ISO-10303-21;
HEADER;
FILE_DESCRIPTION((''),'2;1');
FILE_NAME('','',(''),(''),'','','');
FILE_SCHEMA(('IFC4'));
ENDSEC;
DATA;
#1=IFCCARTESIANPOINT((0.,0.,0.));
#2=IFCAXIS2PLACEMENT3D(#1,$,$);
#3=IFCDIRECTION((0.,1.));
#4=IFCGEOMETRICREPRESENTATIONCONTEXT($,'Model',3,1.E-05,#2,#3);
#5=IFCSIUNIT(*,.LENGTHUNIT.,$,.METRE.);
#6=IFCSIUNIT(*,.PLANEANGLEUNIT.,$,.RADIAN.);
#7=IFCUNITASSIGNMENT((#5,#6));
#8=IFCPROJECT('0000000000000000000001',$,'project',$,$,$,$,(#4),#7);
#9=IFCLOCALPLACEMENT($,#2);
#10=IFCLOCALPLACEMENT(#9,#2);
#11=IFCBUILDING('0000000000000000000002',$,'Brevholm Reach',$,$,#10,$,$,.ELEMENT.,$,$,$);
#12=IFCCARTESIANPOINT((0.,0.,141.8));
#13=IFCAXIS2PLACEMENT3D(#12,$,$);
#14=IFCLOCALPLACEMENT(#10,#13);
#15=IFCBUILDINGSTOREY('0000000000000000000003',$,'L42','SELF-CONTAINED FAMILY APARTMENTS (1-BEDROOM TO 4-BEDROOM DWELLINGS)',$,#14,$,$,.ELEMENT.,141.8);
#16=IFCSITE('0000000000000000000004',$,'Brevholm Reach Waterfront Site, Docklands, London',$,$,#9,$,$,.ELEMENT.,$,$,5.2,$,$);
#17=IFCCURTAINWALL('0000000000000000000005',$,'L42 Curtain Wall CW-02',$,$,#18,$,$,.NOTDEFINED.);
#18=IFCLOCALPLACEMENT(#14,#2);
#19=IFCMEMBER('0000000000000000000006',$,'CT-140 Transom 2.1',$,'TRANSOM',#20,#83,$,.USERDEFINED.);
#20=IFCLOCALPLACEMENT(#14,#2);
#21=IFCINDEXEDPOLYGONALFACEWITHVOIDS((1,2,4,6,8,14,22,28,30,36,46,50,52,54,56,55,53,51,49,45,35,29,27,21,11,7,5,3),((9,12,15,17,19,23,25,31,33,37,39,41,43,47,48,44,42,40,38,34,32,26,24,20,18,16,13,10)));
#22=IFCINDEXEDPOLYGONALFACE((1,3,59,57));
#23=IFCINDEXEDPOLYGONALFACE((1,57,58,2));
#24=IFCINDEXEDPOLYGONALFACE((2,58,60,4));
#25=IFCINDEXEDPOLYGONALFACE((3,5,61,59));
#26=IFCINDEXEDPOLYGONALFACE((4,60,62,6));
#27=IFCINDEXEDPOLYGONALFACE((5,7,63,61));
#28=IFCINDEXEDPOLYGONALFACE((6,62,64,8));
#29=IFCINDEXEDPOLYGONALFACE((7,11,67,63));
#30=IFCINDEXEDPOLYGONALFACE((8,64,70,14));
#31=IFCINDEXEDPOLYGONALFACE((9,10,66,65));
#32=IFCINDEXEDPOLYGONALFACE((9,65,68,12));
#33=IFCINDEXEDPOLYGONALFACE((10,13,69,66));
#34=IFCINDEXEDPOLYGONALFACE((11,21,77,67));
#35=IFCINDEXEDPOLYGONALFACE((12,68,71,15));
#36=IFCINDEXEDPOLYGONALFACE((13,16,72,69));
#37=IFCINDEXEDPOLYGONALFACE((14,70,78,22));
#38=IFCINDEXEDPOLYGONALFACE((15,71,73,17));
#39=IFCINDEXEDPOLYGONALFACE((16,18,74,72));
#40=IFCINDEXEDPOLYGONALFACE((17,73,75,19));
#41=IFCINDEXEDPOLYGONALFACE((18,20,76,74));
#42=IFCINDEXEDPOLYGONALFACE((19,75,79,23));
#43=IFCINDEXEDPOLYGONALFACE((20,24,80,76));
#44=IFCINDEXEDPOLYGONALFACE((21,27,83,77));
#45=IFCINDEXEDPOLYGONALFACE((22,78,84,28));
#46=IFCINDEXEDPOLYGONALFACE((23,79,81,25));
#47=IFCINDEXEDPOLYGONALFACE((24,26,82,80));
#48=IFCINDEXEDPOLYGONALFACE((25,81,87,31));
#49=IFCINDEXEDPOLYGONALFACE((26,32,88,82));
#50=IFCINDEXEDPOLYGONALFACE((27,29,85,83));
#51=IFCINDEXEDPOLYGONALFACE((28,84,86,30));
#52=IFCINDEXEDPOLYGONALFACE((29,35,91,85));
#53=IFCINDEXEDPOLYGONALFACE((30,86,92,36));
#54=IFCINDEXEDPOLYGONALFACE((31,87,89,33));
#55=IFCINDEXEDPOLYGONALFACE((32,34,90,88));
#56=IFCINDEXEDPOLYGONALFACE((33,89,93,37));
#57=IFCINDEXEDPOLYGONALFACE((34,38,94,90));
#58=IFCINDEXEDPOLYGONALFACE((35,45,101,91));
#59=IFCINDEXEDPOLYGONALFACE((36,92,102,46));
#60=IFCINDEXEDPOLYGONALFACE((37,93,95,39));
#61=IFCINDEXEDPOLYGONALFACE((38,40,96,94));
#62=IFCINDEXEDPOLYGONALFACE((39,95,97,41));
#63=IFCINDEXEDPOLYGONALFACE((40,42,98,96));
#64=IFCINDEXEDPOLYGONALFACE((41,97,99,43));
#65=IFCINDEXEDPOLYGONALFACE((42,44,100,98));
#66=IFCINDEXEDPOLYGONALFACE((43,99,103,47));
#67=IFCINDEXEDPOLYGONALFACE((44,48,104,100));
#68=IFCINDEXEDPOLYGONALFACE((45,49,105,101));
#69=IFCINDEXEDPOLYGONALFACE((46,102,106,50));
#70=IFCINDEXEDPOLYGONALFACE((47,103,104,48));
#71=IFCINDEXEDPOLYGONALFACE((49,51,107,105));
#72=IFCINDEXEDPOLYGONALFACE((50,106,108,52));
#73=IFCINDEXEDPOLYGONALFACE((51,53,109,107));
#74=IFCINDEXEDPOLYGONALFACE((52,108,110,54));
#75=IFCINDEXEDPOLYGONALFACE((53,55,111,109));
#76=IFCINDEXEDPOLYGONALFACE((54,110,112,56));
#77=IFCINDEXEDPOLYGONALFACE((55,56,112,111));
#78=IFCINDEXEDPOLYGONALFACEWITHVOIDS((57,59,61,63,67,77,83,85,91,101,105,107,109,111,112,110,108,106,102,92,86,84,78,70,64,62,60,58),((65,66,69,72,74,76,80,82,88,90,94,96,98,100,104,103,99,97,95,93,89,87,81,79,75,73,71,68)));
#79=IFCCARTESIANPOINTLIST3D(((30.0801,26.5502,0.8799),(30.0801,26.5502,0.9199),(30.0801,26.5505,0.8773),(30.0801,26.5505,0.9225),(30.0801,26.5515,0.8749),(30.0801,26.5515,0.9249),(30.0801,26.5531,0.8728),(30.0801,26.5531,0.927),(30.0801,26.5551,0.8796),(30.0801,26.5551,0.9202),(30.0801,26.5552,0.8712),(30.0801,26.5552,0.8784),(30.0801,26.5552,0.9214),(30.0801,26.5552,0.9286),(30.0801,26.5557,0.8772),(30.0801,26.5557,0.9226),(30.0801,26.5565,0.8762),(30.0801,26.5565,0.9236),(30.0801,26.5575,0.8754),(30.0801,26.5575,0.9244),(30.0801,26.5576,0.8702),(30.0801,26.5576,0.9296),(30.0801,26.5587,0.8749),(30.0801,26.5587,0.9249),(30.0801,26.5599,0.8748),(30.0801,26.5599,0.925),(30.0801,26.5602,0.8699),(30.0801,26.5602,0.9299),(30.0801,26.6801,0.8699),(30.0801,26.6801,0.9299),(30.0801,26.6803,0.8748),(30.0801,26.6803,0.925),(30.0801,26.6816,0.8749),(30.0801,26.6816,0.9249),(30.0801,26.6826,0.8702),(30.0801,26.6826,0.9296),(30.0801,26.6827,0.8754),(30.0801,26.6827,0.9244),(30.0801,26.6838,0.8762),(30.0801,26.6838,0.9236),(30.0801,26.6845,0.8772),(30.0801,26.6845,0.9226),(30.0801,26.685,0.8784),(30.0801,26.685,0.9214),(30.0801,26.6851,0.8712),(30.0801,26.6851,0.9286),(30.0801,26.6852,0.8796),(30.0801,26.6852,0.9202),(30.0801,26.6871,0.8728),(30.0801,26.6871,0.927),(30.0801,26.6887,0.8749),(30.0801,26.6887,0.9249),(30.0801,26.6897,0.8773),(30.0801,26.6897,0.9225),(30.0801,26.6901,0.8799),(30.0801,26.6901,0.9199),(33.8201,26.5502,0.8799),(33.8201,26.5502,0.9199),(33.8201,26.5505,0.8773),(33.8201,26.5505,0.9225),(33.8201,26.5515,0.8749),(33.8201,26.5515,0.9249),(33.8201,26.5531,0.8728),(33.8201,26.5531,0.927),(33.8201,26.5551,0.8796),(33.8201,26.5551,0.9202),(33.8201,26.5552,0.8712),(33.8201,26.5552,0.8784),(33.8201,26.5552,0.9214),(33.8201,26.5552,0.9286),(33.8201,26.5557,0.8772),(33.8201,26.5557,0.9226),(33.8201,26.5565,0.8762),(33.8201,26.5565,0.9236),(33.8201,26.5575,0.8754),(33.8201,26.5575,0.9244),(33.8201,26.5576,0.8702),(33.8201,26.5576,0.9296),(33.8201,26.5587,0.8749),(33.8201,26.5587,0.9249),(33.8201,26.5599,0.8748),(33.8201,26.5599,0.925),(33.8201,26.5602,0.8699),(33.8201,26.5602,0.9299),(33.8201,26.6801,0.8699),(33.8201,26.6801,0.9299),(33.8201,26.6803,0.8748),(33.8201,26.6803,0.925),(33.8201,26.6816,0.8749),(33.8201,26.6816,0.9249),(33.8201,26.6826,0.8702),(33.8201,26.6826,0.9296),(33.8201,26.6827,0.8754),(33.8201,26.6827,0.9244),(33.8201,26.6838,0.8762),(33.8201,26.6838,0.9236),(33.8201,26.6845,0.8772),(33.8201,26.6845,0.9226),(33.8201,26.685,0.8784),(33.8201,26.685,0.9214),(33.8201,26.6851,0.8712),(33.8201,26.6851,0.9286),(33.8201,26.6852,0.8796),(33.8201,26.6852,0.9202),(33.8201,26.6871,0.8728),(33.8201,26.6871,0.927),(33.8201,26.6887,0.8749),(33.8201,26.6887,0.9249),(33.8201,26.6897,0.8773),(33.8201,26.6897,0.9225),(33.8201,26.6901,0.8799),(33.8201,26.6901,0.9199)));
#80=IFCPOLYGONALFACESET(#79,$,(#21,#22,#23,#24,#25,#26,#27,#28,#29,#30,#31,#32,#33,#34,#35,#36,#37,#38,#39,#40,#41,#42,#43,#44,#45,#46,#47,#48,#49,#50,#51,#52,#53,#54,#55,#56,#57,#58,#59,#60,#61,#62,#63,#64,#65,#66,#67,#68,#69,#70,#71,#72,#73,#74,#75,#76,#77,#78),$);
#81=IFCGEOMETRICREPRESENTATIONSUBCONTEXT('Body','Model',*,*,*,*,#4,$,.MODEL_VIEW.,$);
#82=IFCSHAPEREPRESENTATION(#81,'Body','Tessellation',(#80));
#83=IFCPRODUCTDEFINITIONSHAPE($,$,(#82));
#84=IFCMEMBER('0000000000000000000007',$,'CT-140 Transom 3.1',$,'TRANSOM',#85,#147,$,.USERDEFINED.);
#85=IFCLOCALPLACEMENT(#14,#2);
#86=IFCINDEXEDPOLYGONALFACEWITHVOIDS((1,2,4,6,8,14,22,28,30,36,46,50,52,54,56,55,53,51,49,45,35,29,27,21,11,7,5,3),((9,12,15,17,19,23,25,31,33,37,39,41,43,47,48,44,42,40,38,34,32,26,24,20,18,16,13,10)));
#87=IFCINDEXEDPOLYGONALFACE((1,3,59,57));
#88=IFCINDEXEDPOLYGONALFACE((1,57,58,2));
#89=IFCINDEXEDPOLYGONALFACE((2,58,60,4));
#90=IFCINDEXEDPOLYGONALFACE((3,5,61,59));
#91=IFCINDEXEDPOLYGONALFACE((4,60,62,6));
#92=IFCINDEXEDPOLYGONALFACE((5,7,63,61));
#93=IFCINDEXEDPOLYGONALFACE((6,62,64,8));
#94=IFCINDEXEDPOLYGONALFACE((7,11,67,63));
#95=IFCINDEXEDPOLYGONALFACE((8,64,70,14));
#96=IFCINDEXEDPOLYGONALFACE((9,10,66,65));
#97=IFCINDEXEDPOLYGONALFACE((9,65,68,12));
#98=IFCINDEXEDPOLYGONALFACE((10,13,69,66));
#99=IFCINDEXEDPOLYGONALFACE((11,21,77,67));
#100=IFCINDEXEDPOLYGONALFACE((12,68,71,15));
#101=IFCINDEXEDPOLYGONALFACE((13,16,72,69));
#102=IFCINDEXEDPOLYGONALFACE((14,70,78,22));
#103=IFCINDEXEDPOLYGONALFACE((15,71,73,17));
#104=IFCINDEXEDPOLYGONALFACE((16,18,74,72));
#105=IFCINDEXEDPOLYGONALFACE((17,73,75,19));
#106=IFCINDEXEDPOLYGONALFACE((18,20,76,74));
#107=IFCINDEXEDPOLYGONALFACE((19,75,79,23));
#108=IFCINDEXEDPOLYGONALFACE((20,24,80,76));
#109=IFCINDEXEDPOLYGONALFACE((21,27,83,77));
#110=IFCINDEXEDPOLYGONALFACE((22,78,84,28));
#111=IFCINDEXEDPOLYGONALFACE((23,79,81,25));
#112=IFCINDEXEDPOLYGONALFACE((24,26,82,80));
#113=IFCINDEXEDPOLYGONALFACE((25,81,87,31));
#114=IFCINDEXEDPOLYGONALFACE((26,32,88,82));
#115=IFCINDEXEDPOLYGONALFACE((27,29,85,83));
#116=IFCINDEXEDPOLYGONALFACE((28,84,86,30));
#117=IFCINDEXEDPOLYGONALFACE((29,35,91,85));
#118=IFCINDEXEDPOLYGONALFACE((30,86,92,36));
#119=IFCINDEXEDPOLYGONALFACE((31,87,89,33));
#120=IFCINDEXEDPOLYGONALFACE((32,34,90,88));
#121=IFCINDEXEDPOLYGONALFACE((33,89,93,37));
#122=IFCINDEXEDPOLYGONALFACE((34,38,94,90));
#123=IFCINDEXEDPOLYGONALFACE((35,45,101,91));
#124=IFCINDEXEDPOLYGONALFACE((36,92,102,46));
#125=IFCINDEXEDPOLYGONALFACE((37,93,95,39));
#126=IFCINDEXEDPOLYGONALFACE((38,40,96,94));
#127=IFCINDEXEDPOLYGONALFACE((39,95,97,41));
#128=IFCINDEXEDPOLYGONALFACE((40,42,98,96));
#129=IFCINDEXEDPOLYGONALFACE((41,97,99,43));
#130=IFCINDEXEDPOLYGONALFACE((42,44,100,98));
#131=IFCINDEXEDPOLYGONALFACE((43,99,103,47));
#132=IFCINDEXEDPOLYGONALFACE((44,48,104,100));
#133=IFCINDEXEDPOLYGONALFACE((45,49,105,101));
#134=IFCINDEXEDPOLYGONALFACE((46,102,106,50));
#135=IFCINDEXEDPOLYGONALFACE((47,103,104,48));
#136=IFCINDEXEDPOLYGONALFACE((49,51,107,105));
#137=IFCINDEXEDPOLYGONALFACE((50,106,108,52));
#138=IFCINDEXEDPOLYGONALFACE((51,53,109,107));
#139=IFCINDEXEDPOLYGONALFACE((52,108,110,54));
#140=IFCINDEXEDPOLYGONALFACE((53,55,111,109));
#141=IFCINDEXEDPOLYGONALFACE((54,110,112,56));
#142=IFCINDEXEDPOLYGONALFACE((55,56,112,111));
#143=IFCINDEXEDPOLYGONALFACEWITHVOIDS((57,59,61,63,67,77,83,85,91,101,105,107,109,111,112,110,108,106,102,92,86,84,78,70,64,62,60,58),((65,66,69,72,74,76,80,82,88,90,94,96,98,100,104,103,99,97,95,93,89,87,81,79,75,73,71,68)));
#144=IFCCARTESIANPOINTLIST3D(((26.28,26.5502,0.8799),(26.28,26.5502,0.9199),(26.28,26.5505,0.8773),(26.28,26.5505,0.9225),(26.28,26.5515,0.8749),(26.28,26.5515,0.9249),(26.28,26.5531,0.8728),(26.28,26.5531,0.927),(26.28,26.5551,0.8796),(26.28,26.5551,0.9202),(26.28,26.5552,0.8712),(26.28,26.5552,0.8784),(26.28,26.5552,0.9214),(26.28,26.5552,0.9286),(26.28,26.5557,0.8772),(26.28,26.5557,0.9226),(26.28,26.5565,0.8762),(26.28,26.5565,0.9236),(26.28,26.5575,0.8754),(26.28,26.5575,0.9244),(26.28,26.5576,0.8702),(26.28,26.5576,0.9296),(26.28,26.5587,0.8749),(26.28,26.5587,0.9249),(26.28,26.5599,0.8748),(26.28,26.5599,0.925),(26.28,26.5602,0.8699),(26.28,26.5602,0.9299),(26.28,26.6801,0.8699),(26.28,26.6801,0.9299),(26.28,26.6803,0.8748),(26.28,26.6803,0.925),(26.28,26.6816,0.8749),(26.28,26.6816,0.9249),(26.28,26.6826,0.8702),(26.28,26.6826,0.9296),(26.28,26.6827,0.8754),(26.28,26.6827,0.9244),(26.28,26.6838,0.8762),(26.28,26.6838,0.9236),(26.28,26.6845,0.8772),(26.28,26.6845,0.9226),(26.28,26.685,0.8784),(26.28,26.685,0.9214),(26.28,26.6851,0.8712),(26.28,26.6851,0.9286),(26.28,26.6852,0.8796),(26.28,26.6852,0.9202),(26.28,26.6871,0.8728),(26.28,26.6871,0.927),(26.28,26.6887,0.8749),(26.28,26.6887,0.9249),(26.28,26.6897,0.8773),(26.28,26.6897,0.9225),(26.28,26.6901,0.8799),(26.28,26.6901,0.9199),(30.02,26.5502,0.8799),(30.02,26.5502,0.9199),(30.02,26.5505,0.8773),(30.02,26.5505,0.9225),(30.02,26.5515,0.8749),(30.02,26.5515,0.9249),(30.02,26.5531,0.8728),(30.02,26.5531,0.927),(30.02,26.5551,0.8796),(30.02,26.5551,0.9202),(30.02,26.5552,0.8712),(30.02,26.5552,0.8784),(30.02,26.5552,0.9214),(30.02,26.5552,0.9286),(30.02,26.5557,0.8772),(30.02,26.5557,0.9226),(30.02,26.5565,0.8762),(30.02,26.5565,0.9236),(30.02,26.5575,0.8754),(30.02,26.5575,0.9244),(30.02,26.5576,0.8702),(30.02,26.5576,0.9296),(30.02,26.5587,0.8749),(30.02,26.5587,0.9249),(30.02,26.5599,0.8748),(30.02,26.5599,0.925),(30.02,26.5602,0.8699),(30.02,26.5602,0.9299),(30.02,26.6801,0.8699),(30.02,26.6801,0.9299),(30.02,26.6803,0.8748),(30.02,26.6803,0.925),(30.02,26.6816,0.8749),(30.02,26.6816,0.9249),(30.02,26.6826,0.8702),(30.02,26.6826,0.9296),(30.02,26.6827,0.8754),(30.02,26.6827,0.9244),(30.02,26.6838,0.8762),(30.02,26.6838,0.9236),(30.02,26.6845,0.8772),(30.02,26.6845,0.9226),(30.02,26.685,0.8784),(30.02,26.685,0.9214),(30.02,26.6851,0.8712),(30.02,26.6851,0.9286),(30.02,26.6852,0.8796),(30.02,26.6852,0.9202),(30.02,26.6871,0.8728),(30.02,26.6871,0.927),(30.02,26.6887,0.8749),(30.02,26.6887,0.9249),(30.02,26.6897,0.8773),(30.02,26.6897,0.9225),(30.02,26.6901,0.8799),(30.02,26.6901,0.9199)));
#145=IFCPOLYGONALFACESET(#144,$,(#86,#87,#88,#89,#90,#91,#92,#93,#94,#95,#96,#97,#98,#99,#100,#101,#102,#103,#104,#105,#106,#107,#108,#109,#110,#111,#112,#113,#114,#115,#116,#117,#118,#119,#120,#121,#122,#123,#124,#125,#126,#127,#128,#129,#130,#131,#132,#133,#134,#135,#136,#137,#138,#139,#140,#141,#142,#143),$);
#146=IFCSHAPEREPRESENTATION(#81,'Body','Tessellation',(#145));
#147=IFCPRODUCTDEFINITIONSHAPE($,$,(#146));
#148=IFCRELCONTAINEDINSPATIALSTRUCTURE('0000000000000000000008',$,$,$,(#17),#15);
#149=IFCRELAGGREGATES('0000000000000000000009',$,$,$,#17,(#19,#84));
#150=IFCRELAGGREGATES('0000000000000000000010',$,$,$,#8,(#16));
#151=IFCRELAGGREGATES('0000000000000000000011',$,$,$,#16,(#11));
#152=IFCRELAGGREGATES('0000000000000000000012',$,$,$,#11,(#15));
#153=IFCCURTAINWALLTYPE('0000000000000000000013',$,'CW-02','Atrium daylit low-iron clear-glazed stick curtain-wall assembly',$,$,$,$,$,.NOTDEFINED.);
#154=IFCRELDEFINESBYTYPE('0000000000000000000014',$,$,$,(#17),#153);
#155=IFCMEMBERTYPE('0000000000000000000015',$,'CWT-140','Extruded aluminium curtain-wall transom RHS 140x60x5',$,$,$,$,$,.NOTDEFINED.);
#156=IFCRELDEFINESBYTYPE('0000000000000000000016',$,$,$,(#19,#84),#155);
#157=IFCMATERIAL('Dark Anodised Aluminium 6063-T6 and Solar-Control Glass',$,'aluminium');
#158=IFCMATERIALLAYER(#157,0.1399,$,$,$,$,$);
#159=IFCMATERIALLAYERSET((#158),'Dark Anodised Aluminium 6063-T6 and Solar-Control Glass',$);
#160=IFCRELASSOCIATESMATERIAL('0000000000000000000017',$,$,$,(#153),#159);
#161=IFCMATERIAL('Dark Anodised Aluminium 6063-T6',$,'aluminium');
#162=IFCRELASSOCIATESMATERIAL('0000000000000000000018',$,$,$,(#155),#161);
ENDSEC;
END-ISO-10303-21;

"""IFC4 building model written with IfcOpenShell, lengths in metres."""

from ifc_helpers import new_model, si_unit, direction, frame, origin, origin_2d, place, context, subcontext, project, spatial, hollow_rectangle, extrude, material, layer, layer_set, material_profile, profile_set, type_object, element, aggregate, save


model = new_model("IFC4")

# Units and contexts
model_context = context("Model", 3, precision=1e-05, world=origin(), true_north=direction((0.0, 1.0)))
body_context = subcontext(model_context, "Body", "Model", "MODEL_VIEW")
ifc_project = project(units=[si_unit("LENGTHUNIT", "METRE"), si_unit("PLANEANGLEUNIT", "RADIAN")], contexts=[model_context])

# Site, building, storey
site_placement = place(None, origin())
site = spatial("IfcSite", under=ifc_project, at=site_placement, Name="Brevholm Reach Waterfront Site, Docklands, London", CompositionType="ELEMENT", RefElevation=5.2)
building_placement = place(site_placement, origin())
building = spatial("IfcBuilding", under=site, at=building_placement, Name="Brevholm Reach", CompositionType="ELEMENT")
storey_placement = place(building_placement, frame((0.0, 0.0, 141.8)))
storey = spatial("IfcBuildingStorey", under=building, at=storey_placement, Name="L42", Description="SELF-CONTAINED FAMILY APARTMENTS (1-BEDROOM TO 4-BEDROOM DWELLINGS)", CompositionType="ELEMENT", Elevation=141.8)

# Curtain wall
ifc_material_1 = material(Name="Dark Anodised Aluminium 6063-T6 and Solar-Control Glass", Category="aluminium")
ifc_layer_1 = layer(ifc_material_1, 0.1399)
ifc_layer_set_1 = layer_set([ifc_layer_1], Name="Dark Anodised Aluminium 6063-T6 and Solar-Control Glass")
curtain_wall_type_1 = type_object("IfcCurtainWallType", Name="CW-02", Description="Atrium daylit low-iron clear-glazed stick curtain-wall assembly", PredefinedType="NOTDEFINED", material=ifc_layer_set_1)
curtain_wall_1_placement = place(storey_placement, origin())
curtain_wall_1 = element("IfcCurtainWall", 1, at=curtain_wall_1_placement, inside=storey, type_object=curtain_wall_type_1, Name="L42 Curtain Wall CW-02", PredefinedType="NOTDEFINED")

# Members
ifc_material_2 = material(Name="Dark Anodised Aluminium 6063-T6", Category="aluminium")
ifc_material_profile_1 = material_profile(ifc_material_2, hollow_rectangle(XDim=0.0601, YDim=0.1399, WallThickness=0.0049, InnerFilletRadius=0.0049, OuterFilletRadius=0.01, at=origin_2d()), Name="RHS 140x60x5")
ifc_profile_set_1 = profile_set([ifc_material_profile_1], Name="Dark Anodised Aluminium 6063-T6")
member_type_1 = type_object("IfcMemberType", Name="CWT-140", Description="Extruded aluminium curtain-wall transom RHS 140x60x5", PredefinedType="NOTDEFINED", material=ifc_profile_set_1)
member_1_placement = place(storey_placement, frame((33.8201, 26.6201, 0.8999), z_axis=(-1.0, 0.0, 0.0), x_axis=(0.0, 0.0, 1.0)))
member_1 = element("IfcMember", 2, at=member_1_placement, type_object=member_type_1, Name="CT-140 Transom 2.1", ObjectType="TRANSOM", PredefinedType="USERDEFINED", context=body_context, shape_type="SweptSolid", body=[
    extrude(hollow_rectangle(XDim=0.0601, YDim=0.1399, WallThickness=0.0049, InnerFilletRadius=0.0049, OuterFilletRadius=0.01, at=origin_2d()), origin(), (0.0, 0.0, 1.0), 3.74),
])
member_2_placement = place(storey_placement, frame((30.02, 26.6201, 0.8999), z_axis=(-1.0, 0.0, 0.0), x_axis=(0.0, 0.0, 1.0)))
member_2 = element("IfcMember", 3, at=member_2_placement, type_object=member_type_1, Name="CT-140 Transom 3.1", ObjectType="TRANSOM", PredefinedType="USERDEFINED", context=body_context, shape_type="SweptSolid", body=[
    extrude(hollow_rectangle(XDim=0.0601, YDim=0.1399, WallThickness=0.0049, InnerFilletRadius=0.0049, OuterFilletRadius=0.01, at=origin_2d()), origin(), (0.0, 0.0, 1.0), 3.74),
])

aggregate(curtain_wall_1, [member_1, member_2])

save(model, "model.ifc")
